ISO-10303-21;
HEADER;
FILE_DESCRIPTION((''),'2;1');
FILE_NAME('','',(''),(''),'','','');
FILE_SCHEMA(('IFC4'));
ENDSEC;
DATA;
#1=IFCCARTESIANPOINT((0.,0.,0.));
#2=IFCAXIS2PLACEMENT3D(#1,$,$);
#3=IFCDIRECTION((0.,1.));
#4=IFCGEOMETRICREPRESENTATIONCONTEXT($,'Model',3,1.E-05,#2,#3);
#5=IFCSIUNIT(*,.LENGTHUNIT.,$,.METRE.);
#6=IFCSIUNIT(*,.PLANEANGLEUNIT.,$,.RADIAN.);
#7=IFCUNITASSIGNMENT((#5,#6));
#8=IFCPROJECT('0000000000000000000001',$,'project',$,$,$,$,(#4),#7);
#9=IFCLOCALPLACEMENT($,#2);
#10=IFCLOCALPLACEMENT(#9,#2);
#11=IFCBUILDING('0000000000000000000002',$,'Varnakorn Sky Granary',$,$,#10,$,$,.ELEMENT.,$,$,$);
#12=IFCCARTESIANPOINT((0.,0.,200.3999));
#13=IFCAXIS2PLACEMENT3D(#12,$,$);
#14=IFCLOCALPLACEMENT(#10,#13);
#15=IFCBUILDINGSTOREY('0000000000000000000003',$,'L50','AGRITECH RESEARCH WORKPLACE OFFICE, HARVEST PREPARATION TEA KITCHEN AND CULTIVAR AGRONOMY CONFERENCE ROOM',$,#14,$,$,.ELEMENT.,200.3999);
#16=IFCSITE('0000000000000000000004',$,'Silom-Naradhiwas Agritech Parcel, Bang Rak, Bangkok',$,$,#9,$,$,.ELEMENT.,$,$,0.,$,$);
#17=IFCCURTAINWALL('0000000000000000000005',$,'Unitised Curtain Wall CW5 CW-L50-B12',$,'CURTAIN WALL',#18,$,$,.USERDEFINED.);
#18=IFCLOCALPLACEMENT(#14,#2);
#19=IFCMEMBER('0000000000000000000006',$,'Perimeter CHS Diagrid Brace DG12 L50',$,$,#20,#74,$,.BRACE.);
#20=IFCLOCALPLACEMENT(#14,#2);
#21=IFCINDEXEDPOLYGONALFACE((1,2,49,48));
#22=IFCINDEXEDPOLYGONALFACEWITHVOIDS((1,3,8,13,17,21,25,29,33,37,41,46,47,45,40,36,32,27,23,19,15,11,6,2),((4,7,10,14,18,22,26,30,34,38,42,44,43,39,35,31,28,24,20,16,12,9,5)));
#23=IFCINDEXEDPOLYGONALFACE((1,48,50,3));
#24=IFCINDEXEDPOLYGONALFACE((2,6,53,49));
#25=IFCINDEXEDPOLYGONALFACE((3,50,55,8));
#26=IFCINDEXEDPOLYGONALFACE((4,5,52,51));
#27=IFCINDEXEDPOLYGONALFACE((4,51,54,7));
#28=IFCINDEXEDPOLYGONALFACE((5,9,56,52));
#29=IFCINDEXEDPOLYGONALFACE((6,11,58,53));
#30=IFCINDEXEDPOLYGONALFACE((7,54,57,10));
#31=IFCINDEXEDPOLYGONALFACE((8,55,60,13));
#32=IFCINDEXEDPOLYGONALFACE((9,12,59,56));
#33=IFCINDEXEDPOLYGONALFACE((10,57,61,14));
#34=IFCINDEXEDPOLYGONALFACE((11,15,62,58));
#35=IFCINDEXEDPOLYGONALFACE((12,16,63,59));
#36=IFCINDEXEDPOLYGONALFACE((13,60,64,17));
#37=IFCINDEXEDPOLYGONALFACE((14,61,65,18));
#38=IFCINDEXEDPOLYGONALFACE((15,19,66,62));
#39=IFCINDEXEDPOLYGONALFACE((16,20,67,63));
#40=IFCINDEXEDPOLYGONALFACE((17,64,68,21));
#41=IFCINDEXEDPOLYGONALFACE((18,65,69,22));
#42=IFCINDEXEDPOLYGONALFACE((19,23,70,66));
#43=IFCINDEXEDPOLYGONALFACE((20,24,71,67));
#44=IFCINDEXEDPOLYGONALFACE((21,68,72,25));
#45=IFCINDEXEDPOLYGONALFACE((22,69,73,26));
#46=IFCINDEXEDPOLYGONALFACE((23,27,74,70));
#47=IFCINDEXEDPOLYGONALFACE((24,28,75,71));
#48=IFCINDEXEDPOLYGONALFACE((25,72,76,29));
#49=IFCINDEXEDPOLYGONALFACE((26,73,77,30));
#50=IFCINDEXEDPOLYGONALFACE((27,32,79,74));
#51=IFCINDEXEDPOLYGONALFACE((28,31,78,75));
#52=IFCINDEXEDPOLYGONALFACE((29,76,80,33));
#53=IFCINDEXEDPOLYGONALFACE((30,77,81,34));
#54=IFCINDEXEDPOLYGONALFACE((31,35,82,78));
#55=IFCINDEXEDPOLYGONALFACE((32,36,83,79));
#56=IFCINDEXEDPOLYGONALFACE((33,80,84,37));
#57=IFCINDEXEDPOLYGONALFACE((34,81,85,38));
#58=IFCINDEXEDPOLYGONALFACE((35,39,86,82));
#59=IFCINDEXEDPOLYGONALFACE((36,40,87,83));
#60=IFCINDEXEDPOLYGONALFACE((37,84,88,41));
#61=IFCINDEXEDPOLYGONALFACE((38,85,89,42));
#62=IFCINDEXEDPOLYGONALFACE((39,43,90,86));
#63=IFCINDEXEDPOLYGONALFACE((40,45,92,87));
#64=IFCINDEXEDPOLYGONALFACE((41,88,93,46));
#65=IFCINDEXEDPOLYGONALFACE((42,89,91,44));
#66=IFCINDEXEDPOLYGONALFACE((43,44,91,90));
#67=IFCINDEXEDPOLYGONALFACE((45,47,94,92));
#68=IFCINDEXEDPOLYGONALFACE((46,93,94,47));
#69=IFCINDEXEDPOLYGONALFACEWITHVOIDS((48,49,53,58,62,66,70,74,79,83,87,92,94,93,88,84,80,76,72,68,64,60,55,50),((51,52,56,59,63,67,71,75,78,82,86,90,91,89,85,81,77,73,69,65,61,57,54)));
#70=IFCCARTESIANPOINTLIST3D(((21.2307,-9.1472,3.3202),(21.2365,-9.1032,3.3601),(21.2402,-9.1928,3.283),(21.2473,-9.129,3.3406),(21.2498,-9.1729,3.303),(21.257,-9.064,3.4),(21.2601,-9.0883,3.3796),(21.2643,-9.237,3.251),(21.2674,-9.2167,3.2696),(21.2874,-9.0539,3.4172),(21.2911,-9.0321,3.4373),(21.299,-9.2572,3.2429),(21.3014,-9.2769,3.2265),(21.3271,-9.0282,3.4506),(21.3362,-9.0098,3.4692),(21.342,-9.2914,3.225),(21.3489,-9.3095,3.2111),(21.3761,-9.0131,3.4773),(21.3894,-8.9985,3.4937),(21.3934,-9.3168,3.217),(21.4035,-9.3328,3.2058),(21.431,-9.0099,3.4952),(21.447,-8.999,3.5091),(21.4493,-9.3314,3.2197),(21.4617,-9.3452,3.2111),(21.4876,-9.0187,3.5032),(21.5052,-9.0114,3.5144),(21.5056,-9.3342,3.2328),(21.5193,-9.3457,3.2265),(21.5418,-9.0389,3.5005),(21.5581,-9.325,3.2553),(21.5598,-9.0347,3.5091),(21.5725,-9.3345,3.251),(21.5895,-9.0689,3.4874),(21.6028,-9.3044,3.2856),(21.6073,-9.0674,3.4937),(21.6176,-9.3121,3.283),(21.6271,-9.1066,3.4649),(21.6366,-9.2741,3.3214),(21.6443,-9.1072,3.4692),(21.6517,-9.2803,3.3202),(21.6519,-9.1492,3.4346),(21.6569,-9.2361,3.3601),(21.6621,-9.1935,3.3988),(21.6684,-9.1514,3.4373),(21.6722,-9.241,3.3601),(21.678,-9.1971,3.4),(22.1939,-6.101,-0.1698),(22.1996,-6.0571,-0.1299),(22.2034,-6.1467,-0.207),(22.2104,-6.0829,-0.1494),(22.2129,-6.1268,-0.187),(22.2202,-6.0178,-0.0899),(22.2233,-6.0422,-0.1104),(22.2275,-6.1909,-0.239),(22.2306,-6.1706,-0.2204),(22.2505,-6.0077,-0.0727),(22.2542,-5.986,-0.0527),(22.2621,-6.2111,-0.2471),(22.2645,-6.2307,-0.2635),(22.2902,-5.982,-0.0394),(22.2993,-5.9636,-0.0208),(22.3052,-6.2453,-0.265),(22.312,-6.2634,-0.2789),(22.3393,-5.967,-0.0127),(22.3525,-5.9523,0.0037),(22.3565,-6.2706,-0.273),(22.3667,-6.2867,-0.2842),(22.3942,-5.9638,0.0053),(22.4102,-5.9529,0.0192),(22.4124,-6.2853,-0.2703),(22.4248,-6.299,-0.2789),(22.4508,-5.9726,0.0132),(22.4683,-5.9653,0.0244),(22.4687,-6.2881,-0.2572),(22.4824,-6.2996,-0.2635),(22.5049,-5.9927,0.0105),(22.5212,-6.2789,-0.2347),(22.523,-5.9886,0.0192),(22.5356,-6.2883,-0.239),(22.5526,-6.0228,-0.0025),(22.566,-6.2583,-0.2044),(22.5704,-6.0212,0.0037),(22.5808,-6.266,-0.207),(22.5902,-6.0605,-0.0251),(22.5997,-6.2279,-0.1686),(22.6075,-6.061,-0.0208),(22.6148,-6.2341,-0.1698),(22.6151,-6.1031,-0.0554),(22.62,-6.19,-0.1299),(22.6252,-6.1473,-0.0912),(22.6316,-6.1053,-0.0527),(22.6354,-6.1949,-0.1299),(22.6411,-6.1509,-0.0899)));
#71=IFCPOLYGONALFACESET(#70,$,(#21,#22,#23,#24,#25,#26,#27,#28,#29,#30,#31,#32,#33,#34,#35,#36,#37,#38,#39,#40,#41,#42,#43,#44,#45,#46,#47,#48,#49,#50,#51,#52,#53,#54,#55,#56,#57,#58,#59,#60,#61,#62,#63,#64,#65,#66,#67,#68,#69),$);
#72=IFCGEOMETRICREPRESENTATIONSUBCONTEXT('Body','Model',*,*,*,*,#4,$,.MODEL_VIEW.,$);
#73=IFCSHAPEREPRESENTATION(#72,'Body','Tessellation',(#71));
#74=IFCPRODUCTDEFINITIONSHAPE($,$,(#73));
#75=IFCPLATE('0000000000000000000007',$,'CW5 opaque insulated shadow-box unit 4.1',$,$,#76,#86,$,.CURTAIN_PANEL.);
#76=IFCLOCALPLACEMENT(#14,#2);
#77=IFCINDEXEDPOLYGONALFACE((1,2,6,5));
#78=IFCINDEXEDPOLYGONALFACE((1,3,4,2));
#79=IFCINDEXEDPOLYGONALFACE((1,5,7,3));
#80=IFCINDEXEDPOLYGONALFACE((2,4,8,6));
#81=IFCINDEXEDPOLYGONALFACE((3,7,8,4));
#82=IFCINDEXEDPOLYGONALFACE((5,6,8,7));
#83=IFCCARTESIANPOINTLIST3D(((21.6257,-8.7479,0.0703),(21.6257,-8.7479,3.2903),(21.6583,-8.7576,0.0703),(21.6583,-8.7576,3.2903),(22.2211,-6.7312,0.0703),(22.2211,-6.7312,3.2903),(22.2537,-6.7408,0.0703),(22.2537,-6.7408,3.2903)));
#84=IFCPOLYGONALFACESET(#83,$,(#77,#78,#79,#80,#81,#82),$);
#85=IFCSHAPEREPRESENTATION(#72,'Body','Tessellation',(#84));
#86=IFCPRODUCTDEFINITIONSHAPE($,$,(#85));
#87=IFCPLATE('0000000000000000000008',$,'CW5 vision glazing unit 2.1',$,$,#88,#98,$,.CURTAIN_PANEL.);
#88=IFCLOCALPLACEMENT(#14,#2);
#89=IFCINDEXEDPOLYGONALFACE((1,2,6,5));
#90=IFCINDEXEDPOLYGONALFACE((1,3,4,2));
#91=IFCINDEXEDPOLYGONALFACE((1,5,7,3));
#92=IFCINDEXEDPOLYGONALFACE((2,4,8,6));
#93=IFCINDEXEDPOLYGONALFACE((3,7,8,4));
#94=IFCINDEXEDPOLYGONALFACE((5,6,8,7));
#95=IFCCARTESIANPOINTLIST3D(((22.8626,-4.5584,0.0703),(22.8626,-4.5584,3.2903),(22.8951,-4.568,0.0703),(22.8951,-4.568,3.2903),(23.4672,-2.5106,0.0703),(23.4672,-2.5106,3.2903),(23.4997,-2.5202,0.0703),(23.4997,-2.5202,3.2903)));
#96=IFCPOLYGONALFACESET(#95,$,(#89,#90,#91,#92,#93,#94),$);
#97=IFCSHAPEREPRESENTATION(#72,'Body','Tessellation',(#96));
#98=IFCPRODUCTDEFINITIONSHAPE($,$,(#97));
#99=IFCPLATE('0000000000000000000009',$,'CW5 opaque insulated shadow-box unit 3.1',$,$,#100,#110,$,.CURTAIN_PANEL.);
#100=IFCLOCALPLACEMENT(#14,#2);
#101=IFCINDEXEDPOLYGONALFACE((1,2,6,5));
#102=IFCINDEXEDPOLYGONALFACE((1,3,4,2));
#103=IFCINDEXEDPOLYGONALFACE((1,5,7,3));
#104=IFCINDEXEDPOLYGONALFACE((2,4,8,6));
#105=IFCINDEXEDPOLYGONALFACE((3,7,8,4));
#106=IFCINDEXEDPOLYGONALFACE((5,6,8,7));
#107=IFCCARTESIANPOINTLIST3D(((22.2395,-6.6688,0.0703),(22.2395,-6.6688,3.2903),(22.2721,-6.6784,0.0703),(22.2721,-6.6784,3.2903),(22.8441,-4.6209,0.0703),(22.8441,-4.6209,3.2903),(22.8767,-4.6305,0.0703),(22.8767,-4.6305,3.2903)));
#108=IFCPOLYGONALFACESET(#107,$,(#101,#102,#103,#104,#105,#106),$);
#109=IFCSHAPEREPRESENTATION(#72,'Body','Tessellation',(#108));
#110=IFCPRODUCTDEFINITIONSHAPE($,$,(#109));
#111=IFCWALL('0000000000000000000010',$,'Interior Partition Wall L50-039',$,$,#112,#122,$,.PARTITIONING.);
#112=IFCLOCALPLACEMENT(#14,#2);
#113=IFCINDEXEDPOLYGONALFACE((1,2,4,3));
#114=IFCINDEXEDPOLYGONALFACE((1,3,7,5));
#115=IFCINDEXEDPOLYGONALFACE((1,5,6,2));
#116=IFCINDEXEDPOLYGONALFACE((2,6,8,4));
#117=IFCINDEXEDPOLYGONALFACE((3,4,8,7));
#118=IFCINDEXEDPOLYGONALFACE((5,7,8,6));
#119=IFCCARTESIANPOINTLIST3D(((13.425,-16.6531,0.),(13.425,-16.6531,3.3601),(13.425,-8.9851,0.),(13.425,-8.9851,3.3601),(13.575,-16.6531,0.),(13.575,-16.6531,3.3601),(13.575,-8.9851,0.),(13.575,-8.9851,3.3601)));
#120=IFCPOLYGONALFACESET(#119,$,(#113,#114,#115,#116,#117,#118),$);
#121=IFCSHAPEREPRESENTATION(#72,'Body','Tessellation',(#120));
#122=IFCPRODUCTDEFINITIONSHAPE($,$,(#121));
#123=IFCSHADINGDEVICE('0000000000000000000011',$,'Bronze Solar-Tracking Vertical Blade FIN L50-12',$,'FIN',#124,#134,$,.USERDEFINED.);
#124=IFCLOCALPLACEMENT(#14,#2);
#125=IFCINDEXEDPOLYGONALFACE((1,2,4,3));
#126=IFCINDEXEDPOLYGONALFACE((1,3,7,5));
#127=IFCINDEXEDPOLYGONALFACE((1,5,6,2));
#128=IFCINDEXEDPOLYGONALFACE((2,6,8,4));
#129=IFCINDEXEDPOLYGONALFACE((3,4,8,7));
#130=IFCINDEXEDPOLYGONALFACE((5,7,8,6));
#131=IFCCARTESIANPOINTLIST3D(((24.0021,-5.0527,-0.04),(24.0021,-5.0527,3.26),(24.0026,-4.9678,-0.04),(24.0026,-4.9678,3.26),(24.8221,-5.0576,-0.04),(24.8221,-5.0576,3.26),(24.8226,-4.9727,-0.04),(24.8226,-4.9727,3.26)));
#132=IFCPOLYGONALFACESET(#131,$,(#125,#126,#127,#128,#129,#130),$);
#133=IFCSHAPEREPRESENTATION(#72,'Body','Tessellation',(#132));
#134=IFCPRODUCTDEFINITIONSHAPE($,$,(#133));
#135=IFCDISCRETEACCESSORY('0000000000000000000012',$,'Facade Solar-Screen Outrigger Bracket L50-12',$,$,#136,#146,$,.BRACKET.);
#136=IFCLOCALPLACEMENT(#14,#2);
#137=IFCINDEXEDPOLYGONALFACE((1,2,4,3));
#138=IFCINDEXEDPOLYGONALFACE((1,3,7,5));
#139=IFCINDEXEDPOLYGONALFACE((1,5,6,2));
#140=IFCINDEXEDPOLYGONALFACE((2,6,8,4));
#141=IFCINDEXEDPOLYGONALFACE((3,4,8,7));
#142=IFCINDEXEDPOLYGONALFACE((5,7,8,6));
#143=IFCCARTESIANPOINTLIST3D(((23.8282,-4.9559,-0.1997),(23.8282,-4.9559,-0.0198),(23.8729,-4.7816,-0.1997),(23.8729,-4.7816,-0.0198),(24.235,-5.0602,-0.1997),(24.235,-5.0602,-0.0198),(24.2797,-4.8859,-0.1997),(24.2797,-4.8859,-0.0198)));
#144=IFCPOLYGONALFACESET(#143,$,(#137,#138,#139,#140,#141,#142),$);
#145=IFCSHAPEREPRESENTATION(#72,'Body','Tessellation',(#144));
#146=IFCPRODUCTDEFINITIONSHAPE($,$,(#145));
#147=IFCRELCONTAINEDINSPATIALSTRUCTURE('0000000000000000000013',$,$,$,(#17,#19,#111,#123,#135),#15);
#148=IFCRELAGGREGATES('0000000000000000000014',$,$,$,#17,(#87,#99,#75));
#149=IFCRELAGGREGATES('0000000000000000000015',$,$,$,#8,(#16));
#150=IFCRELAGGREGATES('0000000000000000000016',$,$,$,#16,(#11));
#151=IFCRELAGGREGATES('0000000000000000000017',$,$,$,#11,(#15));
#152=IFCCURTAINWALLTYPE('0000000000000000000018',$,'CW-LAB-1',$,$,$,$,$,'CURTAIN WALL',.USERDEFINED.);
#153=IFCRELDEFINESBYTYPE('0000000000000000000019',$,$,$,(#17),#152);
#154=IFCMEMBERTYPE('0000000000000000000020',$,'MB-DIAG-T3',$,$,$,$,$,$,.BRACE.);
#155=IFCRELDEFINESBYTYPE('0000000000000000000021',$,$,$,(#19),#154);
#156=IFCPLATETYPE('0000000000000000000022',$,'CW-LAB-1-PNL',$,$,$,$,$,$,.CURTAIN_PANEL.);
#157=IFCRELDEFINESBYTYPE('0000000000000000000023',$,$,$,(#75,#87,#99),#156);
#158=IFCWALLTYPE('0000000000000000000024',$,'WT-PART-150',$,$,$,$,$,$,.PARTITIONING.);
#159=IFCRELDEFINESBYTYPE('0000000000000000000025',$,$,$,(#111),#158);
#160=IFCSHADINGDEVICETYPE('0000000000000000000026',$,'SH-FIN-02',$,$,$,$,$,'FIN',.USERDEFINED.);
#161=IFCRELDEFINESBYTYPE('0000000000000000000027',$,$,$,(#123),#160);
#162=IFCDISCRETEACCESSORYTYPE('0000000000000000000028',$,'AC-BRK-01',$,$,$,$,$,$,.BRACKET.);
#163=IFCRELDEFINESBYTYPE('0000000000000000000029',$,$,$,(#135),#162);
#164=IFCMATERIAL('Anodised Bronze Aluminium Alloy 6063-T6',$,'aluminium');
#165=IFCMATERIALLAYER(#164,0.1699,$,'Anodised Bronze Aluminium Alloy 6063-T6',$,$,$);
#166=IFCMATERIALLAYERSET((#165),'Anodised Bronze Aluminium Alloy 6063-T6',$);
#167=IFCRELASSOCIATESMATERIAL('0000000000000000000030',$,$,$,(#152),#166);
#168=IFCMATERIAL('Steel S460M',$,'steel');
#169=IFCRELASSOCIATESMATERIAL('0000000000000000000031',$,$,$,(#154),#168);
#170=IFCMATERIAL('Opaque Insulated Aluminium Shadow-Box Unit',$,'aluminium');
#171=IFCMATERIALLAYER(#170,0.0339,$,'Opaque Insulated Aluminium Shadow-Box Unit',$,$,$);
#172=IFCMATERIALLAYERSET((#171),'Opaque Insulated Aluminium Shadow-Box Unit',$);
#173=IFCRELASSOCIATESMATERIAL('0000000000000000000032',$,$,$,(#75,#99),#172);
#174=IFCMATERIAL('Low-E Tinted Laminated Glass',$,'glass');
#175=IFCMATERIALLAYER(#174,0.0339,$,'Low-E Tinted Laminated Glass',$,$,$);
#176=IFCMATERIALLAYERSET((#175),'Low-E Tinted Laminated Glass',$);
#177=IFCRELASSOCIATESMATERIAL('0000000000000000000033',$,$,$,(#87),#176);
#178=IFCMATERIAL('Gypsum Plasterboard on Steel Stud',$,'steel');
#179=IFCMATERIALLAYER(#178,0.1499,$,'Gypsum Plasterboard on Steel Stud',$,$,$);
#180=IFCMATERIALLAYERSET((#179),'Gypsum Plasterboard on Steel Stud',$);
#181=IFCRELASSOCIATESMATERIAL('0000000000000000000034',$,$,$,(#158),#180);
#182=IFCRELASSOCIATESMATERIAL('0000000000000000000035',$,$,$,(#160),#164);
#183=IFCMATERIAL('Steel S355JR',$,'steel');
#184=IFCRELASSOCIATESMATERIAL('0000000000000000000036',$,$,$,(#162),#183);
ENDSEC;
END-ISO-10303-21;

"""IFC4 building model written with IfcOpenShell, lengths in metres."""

from ifc_helpers import new_model, si_unit, direction, frame, frame_2d, origin, origin_2d, place, context, subcontext, project, spatial, rectangle, hollow_circle, extrude, source, transform, mapped, material, layer, layer_set, material_profile, profile_set, type_object, type_shapes, element, aggregate, save


model = new_model("IFC4")

# Units and contexts
model_context = context("Model", 3, precision=1e-05, world=origin(), true_north=direction((0.0, 1.0)))
body_context = subcontext(model_context, "Body", "Model", "MODEL_VIEW")
ifc_project = project(units=[si_unit("LENGTHUNIT", "METRE"), si_unit("PLANEANGLEUNIT", "RADIAN")], contexts=[model_context])

# Site, building, storey
site_placement = place(None, origin())
site = spatial("IfcSite", under=ifc_project, at=site_placement, Name="Silom-Naradhiwas Agritech Parcel, Bang Rak, Bangkok", CompositionType="ELEMENT", RefElevation=0.0)
building_placement = place(site_placement, origin())
building = spatial("IfcBuilding", under=site, at=building_placement, Name="Varnakorn Sky Granary", CompositionType="ELEMENT")
storey_placement = place(building_placement, frame((0.0, 0.0, 200.3999)))
storey = spatial("IfcBuildingStorey", under=building, at=storey_placement, Name="L50", Description="AGRITECH RESEARCH WORKPLACE OFFICE, HARVEST PREPARATION TEA KITCHEN AND CULTIVAR AGRONOMY CONFERENCE ROOM", CompositionType="ELEMENT", Elevation=200.3999)

# Shared definitions
ifc_material_1 = material(Name="Steel S460M", Category="steel")

# Shared definitions
ifc_material_2 = material(Name="Steel S355JR", Category="steel")

# Shared definitions
ifc_material_3 = material(Name="Anodised Bronze Aluminium Alloy 6063-T6", Category="aluminium")
ifc_layer_1 = layer(ifc_material_3, 0.1699, Name="Anodised Bronze Aluminium Alloy 6063-T6")
ifc_layer_set_1 = layer_set([ifc_layer_1], Name="Anodised Bronze Aluminium Alloy 6063-T6")
curtain_wall_type = type_object("IfcCurtainWallType", Name="CW-LAB-1", ElementType="CURTAIN WALL", PredefinedType="USERDEFINED", material=ifc_layer_set_1)

# Curtain wall
curtain_wall_1_placement = place(storey_placement, origin())
curtain_wall_1 = element("IfcCurtainWall", 1, at=curtain_wall_1_placement, inside=storey, type_object=curtain_wall_type, Name="Unitised Curtain Wall CW5 CW-L50-B12", ObjectType="CURTAIN WALL", PredefinedType="USERDEFINED")

# Member
ifc_material_profile_1 = material_profile(ifc_material_1, hollow_circle(Radius=0.2285, WallThickness=0.0161, at=origin_2d()), Name="CHS 457x16")
ifc_profile_set_1 = profile_set([ifc_material_profile_1], Name="Steel S460M")
member_type_1 = type_object("IfcMemberType", Name="MB-DIAG-T3", PredefinedType="BRACE", material=ifc_profile_set_1)
member_1_placement = place(storey_placement, frame((22.4175, -6.126, -0.1299), z_axis=(-0.20356, -0.643807, 0.737615), x_axis=(0.953475, -0.301471, 0.0)))
element("IfcMember", 2, at=member_1_placement, inside=storey, type_object=member_type_1, Name="Perimeter CHS Diagrid Brace DG12 L50", PredefinedType="BRACE", context=body_context, shape_type="SweptSolid", body=[
    extrude(hollow_circle(Radius=0.2285, WallThickness=0.0161, at=origin_2d()), origin(), (0.0, 0.0, 1.0), 4.7314),
])

# Plates
ifc_material_4 = material(Name="Opaque Insulated Aluminium Shadow-Box Unit", Category="aluminium")
ifc_layer_2 = layer(ifc_material_4, 0.0339, Name="Opaque Insulated Aluminium Shadow-Box Unit")
ifc_layer_set_2 = layer_set([ifc_layer_2], Name="Opaque Insulated Aluminium Shadow-Box Unit")
plate_type = type_object("IfcPlateType", Name="CW-LAB-1-PNL", PredefinedType="CURTAIN_PANEL")
shared_shape_1 = source(origin(), body_context, "Body", "SweptSolid", [
    extrude(rectangle(XDim=2.1028, YDim=0.0339, at=origin_2d()), origin(), (0.0, 0.0, 1.0), 3.22),
])
plate_1_placement = place(storey_placement, frame((21.9397, -7.7444, 0.0703), z_axis=(0.0, 0.0, 1.0), x_axis=(-0.283144, -0.959077, 0.0)))
plate_1 = element("IfcPlate", 3, at=plate_1_placement, type_object=plate_type, material=ifc_layer_set_2, Name="CW5 opaque insulated shadow-box unit 4.1", PredefinedType="CURTAIN_PANEL", context=body_context, shape_type="MappedRepresentation", body=[
    mapped(shared_shape_1, transform((0.0, 0.0, 0.0), x_axis=(1.0, 0.0, 0.0), y_axis=(0.0, 1.0, 0.0), z_axis=(0.0, 0.0, 1.0), scale=1.0)),
])
ifc_material_5 = material(Name="Low-E Tinted Laminated Glass", Category="glass")
ifc_layer_3 = layer(ifc_material_5, 0.0339, Name="Low-E Tinted Laminated Glass")
ifc_layer_set_3 = layer_set([ifc_layer_3], Name="Low-E Tinted Laminated Glass")
shared_shape_2 = source(origin(), body_context, "Body", "SweptSolid", [
    extrude(rectangle(XDim=2.1353, YDim=0.0339, at=origin_2d()), origin(), (0.0, 0.0, 1.0), 3.22),
])
type_shapes(plate_type, [shared_shape_1, shared_shape_2])
plate_2_placement = place(storey_placement, frame((23.1812, -3.5393, 0.0703), z_axis=(0.0, 0.0, 1.0), x_axis=(-0.283144, -0.959077, 0.0)))
plate_2 = element("IfcPlate", 4, at=plate_2_placement, type_object=plate_type, material=ifc_layer_set_3, Name="CW5 vision glazing unit 2.1", PredefinedType="CURTAIN_PANEL", context=body_context, shape_type="MappedRepresentation", body=[
    mapped(shared_shape_2, transform((0.0, 0.0, 0.0), x_axis=(1.0, 0.0, 0.0), y_axis=(0.0, 1.0, 0.0), z_axis=(0.0, 0.0, 1.0), scale=1.0)),
])
plate_3_placement = place(storey_placement, frame((22.5581, -5.6497, 0.0703), z_axis=(0.0, 0.0, 1.0), x_axis=(-0.283144, -0.959077, 0.0)))
plate_3 = element("IfcPlate", 5, at=plate_3_placement, type_object=plate_type, material=ifc_layer_set_2, Name="CW5 opaque insulated shadow-box unit 3.1", PredefinedType="CURTAIN_PANEL", context=body_context, shape_type="MappedRepresentation", body=[
    mapped(shared_shape_2, transform((0.0, 0.0, 0.0), x_axis=(1.0, 0.0, 0.0), y_axis=(0.0, 1.0, 0.0), z_axis=(0.0, 0.0, 1.0), scale=1.0)),
])
aggregate(curtain_wall_1, [plate_2, plate_3, plate_1])

# Wall
ifc_material_6 = material(Name="Gypsum Plasterboard on Steel Stud", Category="steel")
ifc_layer_4 = layer(ifc_material_6, 0.1499, Name="Gypsum Plasterboard on Steel Stud")
ifc_layer_set_4 = layer_set([ifc_layer_4], Name="Gypsum Plasterboard on Steel Stud")
wall_type = type_object("IfcWallType", Name="WT-PART-150", PredefinedType="PARTITIONING", material=ifc_layer_set_4)
wall_placement = place(storey_placement, frame((13.5, -8.9851, 0.0), z_axis=(0.0, 0.0, 1.0), x_axis=(0.0, -1.0, 0.0)))
element("IfcWall", 6, at=wall_placement, inside=storey, type_object=wall_type, Name="Interior Partition Wall L50-039", PredefinedType="PARTITIONING", context=body_context, shape_type="SweptSolid", body=[
    extrude(rectangle(XDim=7.668, YDim=0.1499, at=frame_2d((3.834, 0.0))), origin(), (0.0, 0.0, 1.0), 3.3601),
])

# Shading device
shading_device_type = type_object("IfcShadingDeviceType", Name="SH-FIN-02", ElementType="FIN", PredefinedType="USERDEFINED", material=ifc_material_3)
shared_shape_3 = source(origin(), body_context, "Body", "SweptSolid", [
    extrude(rectangle(XDim=0.085, YDim=0.8201, at=origin_2d()), origin(), (0.0, 0.0, 1.0), 3.3),
])
type_shapes(shading_device_type, [shared_shape_3])
shading_device_placement = place(storey_placement, frame((24.4124, -5.0127, -0.04), z_axis=(0.0, 0.0, 1.0), x_axis=(0.006012, 0.999982, 0.0)))
element("IfcShadingDevice", 7, at=shading_device_placement, inside=storey, type_object=shading_device_type, Name="Bronze Solar-Tracking Vertical Blade FIN L50-12", ObjectType="FIN", PredefinedType="USERDEFINED", context=body_context, shape_type="MappedRepresentation", body=[
    mapped(shared_shape_3, transform((0.0, 0.0, 0.0), x_axis=(1.0, 0.0, 0.0), y_axis=(0.0, 1.0, 0.0), z_axis=(0.0, 0.0, 1.0), scale=1.0)),
])

# Discrete accessory
discrete_accessory_type = type_object("IfcDiscreteAccessoryType", Name="AC-BRK-01", PredefinedType="BRACKET", material=ifc_material_2)
shared_shape_4 = source(origin(), body_context, "Body", "SweptSolid", [
    extrude(rectangle(XDim=0.1799, YDim=0.4199, at=origin_2d()), origin(), (0.0, 0.0, 1.0), 0.1799),
])
type_shapes(discrete_accessory_type, [shared_shape_4])
discrete_accessory_placement = place(storey_placement, frame((24.054, -4.9209, -0.1997), z_axis=(0.0, 0.0, 1.0), x_axis=(0.248229, 0.968701, 0.0)))
element("IfcDiscreteAccessory", 8, at=discrete_accessory_placement, inside=storey, type_object=discrete_accessory_type, Name="Facade Solar-Screen Outrigger Bracket L50-12", PredefinedType="BRACKET", context=body_context, shape_type="MappedRepresentation", body=[
    mapped(shared_shape_4, transform((0.0, 0.0, 0.0), x_axis=(1.0, 0.0, 0.0), y_axis=(0.0, 1.0, 0.0), z_axis=(0.0, 0.0, 1.0), scale=1.0)),
])

save(model, "model.ifc")
